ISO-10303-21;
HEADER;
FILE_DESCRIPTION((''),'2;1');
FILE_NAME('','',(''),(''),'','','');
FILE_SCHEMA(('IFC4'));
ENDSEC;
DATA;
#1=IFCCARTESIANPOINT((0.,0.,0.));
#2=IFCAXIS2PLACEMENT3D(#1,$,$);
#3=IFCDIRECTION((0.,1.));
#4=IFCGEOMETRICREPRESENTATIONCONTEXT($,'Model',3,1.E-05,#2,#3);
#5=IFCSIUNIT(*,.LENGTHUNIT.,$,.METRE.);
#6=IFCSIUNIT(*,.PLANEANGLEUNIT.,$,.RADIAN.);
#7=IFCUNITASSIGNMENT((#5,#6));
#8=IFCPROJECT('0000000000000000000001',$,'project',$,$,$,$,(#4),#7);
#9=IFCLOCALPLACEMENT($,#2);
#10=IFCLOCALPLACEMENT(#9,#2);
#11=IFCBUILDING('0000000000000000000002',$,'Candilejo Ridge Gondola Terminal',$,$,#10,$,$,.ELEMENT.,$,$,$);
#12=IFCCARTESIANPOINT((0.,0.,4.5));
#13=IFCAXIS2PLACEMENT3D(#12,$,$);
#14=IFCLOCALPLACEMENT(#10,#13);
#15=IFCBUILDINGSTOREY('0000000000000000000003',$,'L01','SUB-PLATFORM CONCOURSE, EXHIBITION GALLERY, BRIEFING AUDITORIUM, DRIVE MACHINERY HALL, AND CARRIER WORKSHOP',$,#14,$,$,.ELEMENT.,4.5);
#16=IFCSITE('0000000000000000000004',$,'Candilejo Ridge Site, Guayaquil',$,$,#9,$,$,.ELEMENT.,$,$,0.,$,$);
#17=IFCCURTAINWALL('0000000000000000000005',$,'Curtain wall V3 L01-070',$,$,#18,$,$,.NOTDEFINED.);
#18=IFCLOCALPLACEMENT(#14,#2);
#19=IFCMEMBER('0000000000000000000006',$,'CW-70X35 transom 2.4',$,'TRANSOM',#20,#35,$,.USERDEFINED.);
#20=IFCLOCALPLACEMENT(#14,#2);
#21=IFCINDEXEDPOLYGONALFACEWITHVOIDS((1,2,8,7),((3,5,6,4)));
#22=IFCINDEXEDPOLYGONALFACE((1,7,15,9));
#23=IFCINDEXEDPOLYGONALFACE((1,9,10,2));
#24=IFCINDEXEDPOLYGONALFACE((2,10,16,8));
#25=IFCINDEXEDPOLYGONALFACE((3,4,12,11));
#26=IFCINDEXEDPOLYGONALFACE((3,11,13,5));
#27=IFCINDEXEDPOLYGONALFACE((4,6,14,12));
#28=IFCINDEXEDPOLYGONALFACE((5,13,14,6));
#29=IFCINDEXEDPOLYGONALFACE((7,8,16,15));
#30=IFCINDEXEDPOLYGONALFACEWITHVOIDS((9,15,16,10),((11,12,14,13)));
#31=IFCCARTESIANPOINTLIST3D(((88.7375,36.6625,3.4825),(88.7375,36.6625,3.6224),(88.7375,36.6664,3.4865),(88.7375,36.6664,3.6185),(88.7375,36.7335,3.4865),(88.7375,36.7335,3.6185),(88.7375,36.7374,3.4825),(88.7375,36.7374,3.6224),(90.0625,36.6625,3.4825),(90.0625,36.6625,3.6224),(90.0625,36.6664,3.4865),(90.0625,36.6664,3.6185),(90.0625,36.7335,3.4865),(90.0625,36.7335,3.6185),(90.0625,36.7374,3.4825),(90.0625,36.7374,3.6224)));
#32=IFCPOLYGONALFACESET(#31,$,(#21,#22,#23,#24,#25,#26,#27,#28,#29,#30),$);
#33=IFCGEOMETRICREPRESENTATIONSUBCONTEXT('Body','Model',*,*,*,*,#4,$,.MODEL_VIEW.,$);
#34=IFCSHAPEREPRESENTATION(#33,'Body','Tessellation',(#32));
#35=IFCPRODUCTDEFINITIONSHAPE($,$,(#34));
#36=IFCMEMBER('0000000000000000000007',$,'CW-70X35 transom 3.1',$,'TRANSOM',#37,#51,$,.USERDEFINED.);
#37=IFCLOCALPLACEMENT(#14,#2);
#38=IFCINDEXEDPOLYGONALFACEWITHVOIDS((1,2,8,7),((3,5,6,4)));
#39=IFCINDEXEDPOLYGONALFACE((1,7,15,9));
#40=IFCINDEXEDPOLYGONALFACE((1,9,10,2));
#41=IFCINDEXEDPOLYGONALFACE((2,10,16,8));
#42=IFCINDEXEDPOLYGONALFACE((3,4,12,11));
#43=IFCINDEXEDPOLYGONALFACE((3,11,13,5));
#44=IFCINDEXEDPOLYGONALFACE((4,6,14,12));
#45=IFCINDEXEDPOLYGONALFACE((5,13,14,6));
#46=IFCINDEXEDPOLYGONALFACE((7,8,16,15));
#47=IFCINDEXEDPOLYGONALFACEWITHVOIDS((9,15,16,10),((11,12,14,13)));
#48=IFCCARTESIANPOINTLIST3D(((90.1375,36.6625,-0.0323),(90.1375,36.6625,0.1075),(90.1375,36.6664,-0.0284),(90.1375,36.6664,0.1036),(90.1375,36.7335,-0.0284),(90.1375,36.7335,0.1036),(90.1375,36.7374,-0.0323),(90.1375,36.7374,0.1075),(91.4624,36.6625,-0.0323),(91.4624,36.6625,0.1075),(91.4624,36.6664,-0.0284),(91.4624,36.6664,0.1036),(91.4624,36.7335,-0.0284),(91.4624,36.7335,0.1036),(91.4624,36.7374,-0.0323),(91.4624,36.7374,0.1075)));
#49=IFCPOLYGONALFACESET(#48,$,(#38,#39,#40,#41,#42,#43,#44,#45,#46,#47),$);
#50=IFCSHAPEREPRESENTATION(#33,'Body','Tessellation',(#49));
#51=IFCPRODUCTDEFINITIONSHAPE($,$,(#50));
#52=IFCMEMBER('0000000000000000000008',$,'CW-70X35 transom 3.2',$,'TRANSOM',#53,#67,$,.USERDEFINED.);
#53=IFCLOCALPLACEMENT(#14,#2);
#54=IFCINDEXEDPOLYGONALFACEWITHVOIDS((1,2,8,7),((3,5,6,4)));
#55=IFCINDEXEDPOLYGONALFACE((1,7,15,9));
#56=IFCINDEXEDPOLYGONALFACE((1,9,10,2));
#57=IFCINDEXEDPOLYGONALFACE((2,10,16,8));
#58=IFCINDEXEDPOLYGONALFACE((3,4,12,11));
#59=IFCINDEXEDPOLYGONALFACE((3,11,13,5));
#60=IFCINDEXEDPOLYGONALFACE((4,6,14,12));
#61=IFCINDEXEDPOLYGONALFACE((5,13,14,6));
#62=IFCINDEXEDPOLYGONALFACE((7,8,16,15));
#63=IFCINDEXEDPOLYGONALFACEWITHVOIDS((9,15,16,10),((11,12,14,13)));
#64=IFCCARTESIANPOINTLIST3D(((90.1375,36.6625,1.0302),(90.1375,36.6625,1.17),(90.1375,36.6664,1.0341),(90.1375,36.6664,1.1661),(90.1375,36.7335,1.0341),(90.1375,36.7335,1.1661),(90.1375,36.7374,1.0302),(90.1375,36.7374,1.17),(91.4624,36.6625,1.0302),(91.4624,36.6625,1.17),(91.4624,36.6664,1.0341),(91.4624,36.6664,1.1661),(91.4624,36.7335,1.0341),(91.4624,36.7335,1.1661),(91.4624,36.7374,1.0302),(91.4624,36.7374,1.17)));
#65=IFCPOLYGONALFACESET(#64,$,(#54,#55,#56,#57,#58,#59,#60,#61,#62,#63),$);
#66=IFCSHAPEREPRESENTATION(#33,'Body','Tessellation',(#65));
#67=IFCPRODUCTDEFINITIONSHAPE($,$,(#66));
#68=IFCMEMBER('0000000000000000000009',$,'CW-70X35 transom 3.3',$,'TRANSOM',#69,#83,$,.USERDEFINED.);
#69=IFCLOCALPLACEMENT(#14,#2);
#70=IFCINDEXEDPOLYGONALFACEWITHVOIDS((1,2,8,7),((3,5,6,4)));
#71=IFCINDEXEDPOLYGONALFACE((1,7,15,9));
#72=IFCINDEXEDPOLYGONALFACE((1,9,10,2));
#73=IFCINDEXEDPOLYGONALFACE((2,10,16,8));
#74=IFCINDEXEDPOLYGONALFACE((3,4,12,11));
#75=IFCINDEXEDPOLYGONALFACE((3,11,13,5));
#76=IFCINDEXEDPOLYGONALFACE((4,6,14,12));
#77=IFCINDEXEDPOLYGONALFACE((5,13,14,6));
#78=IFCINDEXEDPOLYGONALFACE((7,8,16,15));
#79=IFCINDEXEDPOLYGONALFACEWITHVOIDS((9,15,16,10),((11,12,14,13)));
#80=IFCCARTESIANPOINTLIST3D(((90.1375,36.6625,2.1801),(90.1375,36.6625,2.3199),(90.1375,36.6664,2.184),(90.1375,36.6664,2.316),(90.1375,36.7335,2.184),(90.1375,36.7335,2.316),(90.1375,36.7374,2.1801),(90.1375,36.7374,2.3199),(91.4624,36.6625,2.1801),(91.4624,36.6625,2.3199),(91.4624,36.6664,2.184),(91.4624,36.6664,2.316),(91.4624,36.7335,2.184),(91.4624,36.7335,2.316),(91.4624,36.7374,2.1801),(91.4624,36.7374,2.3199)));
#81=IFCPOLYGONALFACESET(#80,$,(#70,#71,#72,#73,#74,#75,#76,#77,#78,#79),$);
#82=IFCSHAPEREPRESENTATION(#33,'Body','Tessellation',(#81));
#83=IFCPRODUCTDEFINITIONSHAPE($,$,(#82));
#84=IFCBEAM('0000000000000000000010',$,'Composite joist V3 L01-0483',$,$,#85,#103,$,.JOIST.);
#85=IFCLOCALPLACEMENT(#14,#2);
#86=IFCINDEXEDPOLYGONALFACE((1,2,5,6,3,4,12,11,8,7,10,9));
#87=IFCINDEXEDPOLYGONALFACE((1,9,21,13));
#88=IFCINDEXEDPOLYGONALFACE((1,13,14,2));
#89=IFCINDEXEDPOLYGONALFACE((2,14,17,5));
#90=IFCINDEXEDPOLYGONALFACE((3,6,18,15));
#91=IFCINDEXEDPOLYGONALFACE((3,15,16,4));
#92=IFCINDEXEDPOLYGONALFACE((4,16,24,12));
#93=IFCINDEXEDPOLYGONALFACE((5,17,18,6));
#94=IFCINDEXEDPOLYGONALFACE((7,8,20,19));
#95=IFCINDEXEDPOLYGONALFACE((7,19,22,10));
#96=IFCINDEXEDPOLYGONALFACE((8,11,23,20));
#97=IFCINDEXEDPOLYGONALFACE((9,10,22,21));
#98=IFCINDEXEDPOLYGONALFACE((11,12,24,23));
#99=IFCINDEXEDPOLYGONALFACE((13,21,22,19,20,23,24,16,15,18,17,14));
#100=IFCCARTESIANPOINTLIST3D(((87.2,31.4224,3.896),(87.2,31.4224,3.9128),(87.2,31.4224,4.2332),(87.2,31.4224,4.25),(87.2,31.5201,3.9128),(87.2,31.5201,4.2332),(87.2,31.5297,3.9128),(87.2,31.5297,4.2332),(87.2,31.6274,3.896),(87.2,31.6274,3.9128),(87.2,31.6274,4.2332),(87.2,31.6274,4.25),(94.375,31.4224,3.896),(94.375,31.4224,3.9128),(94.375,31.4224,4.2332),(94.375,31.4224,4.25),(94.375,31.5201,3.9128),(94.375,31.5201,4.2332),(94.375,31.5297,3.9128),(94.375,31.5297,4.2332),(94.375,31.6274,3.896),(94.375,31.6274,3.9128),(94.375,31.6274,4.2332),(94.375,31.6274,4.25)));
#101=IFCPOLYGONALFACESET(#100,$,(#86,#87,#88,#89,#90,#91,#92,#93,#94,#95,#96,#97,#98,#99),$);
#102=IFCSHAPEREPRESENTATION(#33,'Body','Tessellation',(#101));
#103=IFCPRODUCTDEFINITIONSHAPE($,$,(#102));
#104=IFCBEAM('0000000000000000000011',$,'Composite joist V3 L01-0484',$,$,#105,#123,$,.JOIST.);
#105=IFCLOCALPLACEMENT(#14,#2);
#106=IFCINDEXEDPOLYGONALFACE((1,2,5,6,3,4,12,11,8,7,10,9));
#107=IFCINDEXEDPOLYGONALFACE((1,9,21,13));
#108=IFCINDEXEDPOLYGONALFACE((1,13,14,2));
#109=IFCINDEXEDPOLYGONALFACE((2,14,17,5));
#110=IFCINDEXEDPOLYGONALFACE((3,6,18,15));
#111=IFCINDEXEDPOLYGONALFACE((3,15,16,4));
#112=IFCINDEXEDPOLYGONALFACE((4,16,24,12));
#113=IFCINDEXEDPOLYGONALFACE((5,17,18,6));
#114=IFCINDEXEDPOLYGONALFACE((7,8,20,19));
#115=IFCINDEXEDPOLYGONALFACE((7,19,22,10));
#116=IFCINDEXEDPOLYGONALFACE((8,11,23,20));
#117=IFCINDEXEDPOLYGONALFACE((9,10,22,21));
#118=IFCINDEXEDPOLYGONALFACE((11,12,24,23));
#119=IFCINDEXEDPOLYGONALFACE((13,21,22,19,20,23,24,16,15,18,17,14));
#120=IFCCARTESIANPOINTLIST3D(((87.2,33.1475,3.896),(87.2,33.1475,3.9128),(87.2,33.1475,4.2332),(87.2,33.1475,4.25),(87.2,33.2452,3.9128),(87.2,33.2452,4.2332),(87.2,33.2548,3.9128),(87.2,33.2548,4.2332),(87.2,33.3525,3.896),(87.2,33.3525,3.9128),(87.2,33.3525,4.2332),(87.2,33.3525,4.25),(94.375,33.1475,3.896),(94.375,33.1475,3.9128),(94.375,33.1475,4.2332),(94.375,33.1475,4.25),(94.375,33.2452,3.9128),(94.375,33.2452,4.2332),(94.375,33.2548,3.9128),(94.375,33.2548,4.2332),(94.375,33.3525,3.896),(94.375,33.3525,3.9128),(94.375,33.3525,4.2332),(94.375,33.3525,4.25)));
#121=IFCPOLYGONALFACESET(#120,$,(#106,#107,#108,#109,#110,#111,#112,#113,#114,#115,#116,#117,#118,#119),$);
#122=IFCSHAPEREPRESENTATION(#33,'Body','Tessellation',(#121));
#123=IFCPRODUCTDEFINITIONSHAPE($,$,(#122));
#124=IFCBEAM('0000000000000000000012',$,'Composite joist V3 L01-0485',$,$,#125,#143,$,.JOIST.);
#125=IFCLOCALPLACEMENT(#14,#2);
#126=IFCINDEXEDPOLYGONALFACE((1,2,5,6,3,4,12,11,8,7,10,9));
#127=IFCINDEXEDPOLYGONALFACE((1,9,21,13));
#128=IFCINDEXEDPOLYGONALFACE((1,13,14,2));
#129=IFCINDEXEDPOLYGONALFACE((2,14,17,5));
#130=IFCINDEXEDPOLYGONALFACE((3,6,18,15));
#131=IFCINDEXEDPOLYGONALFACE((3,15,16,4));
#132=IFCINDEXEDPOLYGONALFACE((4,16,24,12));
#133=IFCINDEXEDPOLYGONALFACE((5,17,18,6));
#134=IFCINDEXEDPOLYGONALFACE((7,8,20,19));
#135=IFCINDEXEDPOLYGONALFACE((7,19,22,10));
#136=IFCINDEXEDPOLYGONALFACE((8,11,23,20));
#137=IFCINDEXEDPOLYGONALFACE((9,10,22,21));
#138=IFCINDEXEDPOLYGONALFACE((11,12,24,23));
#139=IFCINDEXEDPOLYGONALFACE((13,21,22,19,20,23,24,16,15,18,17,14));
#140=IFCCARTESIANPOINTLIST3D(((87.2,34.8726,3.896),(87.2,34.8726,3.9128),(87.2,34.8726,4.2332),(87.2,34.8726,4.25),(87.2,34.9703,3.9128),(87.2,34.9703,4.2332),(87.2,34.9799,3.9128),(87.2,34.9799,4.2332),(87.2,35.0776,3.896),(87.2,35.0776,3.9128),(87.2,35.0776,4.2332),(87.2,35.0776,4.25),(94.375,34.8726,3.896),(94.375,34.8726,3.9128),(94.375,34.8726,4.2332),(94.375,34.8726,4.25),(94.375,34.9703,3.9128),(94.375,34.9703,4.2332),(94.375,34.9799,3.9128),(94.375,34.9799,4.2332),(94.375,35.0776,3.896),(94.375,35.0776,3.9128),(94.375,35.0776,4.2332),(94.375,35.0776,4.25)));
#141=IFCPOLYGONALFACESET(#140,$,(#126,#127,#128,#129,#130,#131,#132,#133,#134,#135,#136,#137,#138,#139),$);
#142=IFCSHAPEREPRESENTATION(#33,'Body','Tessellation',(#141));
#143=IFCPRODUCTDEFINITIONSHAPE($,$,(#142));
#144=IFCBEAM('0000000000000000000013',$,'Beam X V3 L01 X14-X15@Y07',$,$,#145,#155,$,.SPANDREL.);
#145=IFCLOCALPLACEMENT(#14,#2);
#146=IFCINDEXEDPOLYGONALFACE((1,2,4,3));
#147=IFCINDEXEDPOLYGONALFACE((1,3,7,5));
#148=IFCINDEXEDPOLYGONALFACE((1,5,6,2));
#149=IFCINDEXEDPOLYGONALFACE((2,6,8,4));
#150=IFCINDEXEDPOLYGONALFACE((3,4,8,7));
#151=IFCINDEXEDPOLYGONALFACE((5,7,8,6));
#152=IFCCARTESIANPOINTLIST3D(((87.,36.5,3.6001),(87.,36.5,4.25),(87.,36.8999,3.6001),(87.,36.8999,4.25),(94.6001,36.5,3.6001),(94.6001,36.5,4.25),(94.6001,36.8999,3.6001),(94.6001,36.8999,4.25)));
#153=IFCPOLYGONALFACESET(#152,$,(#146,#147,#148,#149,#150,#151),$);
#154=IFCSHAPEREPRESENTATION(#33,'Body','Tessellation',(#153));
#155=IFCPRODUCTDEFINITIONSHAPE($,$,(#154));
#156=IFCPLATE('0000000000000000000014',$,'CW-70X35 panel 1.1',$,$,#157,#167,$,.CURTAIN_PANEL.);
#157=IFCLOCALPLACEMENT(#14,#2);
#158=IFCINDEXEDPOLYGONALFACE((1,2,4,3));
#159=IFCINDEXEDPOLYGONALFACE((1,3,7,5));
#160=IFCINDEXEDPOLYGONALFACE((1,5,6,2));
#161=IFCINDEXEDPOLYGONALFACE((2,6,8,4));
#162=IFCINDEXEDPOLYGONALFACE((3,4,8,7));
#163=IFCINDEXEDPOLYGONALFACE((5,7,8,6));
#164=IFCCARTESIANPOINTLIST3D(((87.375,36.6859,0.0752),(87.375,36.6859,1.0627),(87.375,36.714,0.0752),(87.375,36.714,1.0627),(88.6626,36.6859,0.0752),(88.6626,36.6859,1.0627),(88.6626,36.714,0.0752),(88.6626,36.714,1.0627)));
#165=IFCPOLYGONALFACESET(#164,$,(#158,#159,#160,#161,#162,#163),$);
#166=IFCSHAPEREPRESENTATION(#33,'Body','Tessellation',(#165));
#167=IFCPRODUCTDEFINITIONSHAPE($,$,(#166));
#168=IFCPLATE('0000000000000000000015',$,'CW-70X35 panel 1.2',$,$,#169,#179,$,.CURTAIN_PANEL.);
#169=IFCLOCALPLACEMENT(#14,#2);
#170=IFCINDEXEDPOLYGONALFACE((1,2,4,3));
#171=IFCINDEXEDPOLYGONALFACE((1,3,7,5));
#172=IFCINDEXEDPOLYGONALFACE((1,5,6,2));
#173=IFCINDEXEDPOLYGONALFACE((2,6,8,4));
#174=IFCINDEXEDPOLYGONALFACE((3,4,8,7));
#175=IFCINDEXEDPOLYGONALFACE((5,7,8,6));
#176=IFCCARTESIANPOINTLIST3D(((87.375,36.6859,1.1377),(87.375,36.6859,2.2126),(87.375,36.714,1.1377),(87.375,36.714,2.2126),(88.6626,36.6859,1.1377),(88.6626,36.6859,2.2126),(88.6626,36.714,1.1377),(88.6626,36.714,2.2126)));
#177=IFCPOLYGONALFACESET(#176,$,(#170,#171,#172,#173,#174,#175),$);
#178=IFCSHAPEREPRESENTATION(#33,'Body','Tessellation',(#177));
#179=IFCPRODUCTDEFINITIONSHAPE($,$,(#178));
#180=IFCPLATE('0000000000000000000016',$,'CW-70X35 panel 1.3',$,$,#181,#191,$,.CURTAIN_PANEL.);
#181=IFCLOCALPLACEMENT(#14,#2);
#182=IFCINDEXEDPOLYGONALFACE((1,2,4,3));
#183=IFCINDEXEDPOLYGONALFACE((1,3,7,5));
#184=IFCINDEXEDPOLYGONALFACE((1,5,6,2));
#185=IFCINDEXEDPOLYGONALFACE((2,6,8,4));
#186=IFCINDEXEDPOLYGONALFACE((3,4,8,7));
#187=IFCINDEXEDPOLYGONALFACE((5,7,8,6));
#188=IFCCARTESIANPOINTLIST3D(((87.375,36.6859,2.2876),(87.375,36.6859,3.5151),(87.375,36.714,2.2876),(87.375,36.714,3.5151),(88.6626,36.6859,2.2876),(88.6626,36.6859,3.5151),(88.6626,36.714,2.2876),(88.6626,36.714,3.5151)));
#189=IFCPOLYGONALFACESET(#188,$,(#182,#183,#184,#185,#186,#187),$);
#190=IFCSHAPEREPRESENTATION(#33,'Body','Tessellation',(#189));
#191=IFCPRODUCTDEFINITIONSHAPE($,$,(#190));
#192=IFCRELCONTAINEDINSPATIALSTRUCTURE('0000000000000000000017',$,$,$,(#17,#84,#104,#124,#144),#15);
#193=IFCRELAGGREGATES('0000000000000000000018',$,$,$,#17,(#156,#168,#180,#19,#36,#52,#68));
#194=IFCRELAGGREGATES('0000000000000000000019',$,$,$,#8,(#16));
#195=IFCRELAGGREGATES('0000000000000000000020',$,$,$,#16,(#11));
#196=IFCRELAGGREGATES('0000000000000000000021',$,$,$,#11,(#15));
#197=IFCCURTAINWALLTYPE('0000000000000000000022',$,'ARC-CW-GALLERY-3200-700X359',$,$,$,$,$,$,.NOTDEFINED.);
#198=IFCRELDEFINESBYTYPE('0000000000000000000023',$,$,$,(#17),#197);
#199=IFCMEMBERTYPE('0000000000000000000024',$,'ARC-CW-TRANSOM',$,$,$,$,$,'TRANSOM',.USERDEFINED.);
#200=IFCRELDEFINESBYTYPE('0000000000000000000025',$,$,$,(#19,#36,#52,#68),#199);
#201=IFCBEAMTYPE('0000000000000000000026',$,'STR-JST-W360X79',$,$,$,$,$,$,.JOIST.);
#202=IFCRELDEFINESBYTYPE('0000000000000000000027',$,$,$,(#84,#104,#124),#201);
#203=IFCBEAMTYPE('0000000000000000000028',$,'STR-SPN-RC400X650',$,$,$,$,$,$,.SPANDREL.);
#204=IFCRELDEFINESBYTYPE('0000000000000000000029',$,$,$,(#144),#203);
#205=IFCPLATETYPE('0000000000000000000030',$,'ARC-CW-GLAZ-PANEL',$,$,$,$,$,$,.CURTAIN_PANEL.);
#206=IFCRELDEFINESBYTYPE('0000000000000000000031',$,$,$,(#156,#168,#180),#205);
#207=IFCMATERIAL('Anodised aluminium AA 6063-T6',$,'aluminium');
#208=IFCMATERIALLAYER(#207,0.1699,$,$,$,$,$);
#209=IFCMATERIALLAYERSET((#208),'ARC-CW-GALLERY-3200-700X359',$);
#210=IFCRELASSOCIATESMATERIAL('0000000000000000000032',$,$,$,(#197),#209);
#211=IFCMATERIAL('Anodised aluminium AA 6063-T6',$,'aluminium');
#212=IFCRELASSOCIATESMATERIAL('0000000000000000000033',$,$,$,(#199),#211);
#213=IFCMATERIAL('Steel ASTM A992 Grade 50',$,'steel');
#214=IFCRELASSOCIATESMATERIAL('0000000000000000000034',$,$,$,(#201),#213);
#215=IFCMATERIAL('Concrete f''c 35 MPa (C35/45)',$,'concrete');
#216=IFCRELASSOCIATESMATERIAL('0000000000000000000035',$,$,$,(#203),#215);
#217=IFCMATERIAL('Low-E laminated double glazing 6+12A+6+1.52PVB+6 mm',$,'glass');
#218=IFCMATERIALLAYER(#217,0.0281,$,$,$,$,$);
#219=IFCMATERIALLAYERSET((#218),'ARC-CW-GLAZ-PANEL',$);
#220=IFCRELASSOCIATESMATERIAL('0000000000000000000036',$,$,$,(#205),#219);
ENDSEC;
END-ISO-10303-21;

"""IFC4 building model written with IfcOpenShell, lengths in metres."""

from ifc_helpers import new_model, si_unit, direction, frame, origin, origin_2d, place, context, subcontext, project, spatial, rectangle, hollow_rectangle, i_section, extrude, material, layer, layer_set, material_profile, profile_set, type_object, element, aggregate, save


model = new_model("IFC4")

# Units and contexts
model_context = context("Model", 3, precision=1e-05, world=origin(), true_north=direction((0.0, 1.0)))
body_context = subcontext(model_context, "Body", "Model", "MODEL_VIEW")
ifc_project = project(units=[si_unit("LENGTHUNIT", "METRE"), si_unit("PLANEANGLEUNIT", "RADIAN")], contexts=[model_context])

# Site, building, storey
site_placement = place(None, origin())
site = spatial("IfcSite", under=ifc_project, at=site_placement, Name="Candilejo Ridge Site, Guayaquil", CompositionType="ELEMENT", RefElevation=0.0)
building_placement = place(site_placement, origin())
building = spatial("IfcBuilding", under=site, at=building_placement, Name="Candilejo Ridge Gondola Terminal", CompositionType="ELEMENT")
storey_placement = place(building_placement, frame((0.0, 0.0, 4.5)))
storey = spatial("IfcBuildingStorey", under=building, at=storey_placement, Name="L01", Description="SUB-PLATFORM CONCOURSE, EXHIBITION GALLERY, BRIEFING AUDITORIUM, DRIVE MACHINERY HALL, AND CARRIER WORKSHOP", CompositionType="ELEMENT", Elevation=4.5)

# Curtain wall, members
ifc_material_1 = material(Name="Anodised aluminium AA 6063-T6", Category="aluminium")
ifc_layer_1 = layer(ifc_material_1, 0.1699)
ifc_layer_set_1 = layer_set([ifc_layer_1], Name="ARC-CW-GALLERY-3200-700X359")
curtain_wall_type = type_object("IfcCurtainWallType", Name="ARC-CW-GALLERY-3200-700X359", PredefinedType="NOTDEFINED", material=ifc_layer_set_1)
curtain_wall_placement = place(storey_placement, origin())
curtain_wall = element("IfcCurtainWall", 1, at=curtain_wall_placement, inside=storey, type_object=curtain_wall_type, Name="Curtain wall V3 L01-070", PredefinedType="NOTDEFINED")
ifc_material_2 = material(Name="Anodised aluminium AA 6063-T6", Category="aluminium")
ifc_material_profile_1 = material_profile(ifc_material_2, hollow_rectangle(XDim=0.075, YDim=0.1399, WallThickness=0.0039, at=origin_2d()))
ifc_profile_set_1 = profile_set([ifc_material_profile_1], Name="Anodised aluminium AA 6063-T6")
member_type_1 = type_object("IfcMemberType", Name="ARC-CW-TRANSOM", ElementType="TRANSOM", PredefinedType="USERDEFINED", material=ifc_profile_set_1)
member_1_placement = place(storey_placement, frame((88.7375, 36.7, 3.5525), z_axis=(1.0, 0.0, 0.0), x_axis=(0.0, 1.0, 0.0)))
member_1 = element("IfcMember", 2, at=member_1_placement, type_object=member_type_1, Name="CW-70X35 transom 2.4", ObjectType="TRANSOM", PredefinedType="USERDEFINED", context=body_context, shape_type="SweptSolid", body=[
    extrude(hollow_rectangle(XDim=0.075, YDim=0.1399, WallThickness=0.0039, at=origin_2d()), origin(), (0.0, 0.0, 1.0), 1.325),
])
member_2_placement = place(storey_placement, frame((90.1375, 36.7, 0.0376), z_axis=(1.0, 0.0, 0.0), x_axis=(0.0, 1.0, 0.0)))
member_2 = element("IfcMember", 3, at=member_2_placement, type_object=member_type_1, Name="CW-70X35 transom 3.1", ObjectType="TRANSOM", PredefinedType="USERDEFINED", context=body_context, shape_type="SweptSolid", body=[
    extrude(hollow_rectangle(XDim=0.075, YDim=0.1399, WallThickness=0.0039, at=origin_2d()), origin(), (0.0, 0.0, 1.0), 1.325),
])
member_3_placement = place(storey_placement, frame((90.1375, 36.7, 1.1001), z_axis=(1.0, 0.0, 0.0), x_axis=(0.0, 1.0, 0.0)))
member_3 = element("IfcMember", 4, at=member_3_placement, type_object=member_type_1, Name="CW-70X35 transom 3.2", ObjectType="TRANSOM", PredefinedType="USERDEFINED", context=body_context, shape_type="SweptSolid", body=[
    extrude(hollow_rectangle(XDim=0.075, YDim=0.1399, WallThickness=0.0039, at=origin_2d()), origin(), (0.0, 0.0, 1.0), 1.325),
])
member_4_placement = place(storey_placement, frame((90.1375, 36.7, 2.25), z_axis=(1.0, 0.0, 0.0), x_axis=(0.0, 1.0, 0.0)))
member_4 = element("IfcMember", 5, at=member_4_placement, type_object=member_type_1, Name="CW-70X35 transom 3.3", ObjectType="TRANSOM", PredefinedType="USERDEFINED", context=body_context, shape_type="SweptSolid", body=[
    extrude(hollow_rectangle(XDim=0.075, YDim=0.1399, WallThickness=0.0039, at=origin_2d()), origin(), (0.0, 0.0, 1.0), 1.325),
])

# Beams
ifc_material_3 = material(Name="Steel ASTM A992 Grade 50", Category="steel")
ifc_material_profile_2 = material_profile(ifc_material_3, i_section(OverallWidth=0.2051, OverallDepth=0.354, WebThickness=0.0095, FlangeThickness=0.0168, at=origin_2d()))
ifc_profile_set_2 = profile_set([ifc_material_profile_2], Name="Steel ASTM A992 Grade 50")
beam_type_1 = type_object("IfcBeamType", Name="STR-JST-W360X79", PredefinedType="JOIST", material=ifc_profile_set_2)
for number, where, z_axis, x_axis, name in (
    (6, (87.2, 31.5249, 4.073), (1.0, 0.0, 0.0), (0.0, 1.0, 0.0), "Composite joist V3 L01-0483"),
    (7, (87.2, 33.25, 4.073), (1.0, 0.0, 0.0), (0.0, 1.0, 0.0), "Composite joist V3 L01-0484"),
    (8, (87.2, 34.9751, 4.073), (1.0, 0.0, 0.0), (0.0, 1.0, 0.0), "Composite joist V3 L01-0485"),
):
    element("IfcBeam", number, at=place(storey_placement, frame(where, z_axis=z_axis, x_axis=x_axis)), inside=storey, type_object=beam_type_1, Name=name, PredefinedType="JOIST", context=body_context, shape_type="SweptSolid", body=[
        extrude(i_section(OverallWidth=0.2051, OverallDepth=0.354, WebThickness=0.0095, FlangeThickness=0.0168, at=origin_2d()), origin(), (0.0, 0.0, 1.0), 7.175),
    ])
ifc_material_4 = material(Name="Concrete f'c 35 MPa (C35/45)", Category="concrete")
ifc_material_profile_3 = material_profile(ifc_material_4, rectangle(XDim=0.3999, YDim=0.6499, at=origin_2d()))
ifc_profile_set_3 = profile_set([ifc_material_profile_3], Name="Concrete f'c 35 MPa (C35/45)")
beam_type_2 = type_object("IfcBeamType", Name="STR-SPN-RC400X650", PredefinedType="SPANDREL", material=ifc_profile_set_3)
beam_placement = place(storey_placement, frame((87.0, 36.7, 3.925), z_axis=(1.0, 0.0, 0.0), x_axis=(0.0, 1.0, 0.0)))
element("IfcBeam", 9, at=beam_placement, inside=storey, type_object=beam_type_2, Name="Beam X V3 L01 X14-X15@Y07", PredefinedType="SPANDREL", context=body_context, shape_type="SweptSolid", body=[
    extrude(rectangle(XDim=0.3999, YDim=0.6499, at=origin_2d()), origin(), (0.0, 0.0, 1.0), 7.6001),
])

# Plates
ifc_material_5 = material(Name="Low-E laminated double glazing 6+12A+6+1.52PVB+6 mm", Category="glass")
ifc_layer_2 = layer(ifc_material_5, 0.0281)
ifc_layer_set_2 = layer_set([ifc_layer_2], Name="ARC-CW-GLAZ-PANEL")
plate_type = type_object("IfcPlateType", Name="ARC-CW-GLAZ-PANEL", PredefinedType="CURTAIN_PANEL", material=ifc_layer_set_2)
plate_1_placement = place(storey_placement, frame((88.0188, 36.7, 0.0752), z_axis=(0.0, 0.0, 1.0), x_axis=(1.0, 0.0, 0.0)))
plate_1 = element("IfcPlate", 10, at=plate_1_placement, type_object=plate_type, Name="CW-70X35 panel 1.1", PredefinedType="CURTAIN_PANEL", context=body_context, shape_type="SweptSolid", body=[
    extrude(rectangle(XDim=1.2876, YDim=0.0281, at=origin_2d()), origin(), (0.0, 0.0, 1.0), 0.9875),
])
plate_2_placement = place(storey_placement, frame((88.0188, 36.7, 1.1377), z_axis=(0.0, 0.0, 1.0), x_axis=(1.0, 0.0, 0.0)))
plate_2 = element("IfcPlate", 11, at=plate_2_placement, type_object=plate_type, Name="CW-70X35 panel 1.2", PredefinedType="CURTAIN_PANEL", context=body_context, shape_type="SweptSolid", body=[
    extrude(rectangle(XDim=1.2876, YDim=0.0281, at=origin_2d()), origin(), (0.0, 0.0, 1.0), 1.075),
])
plate_3_placement = place(storey_placement, frame((88.0188, 36.7, 2.2876), z_axis=(0.0, 0.0, 1.0), x_axis=(1.0, 0.0, 0.0)))
plate_3 = element("IfcPlate", 12, at=plate_3_placement, type_object=plate_type, Name="CW-70X35 panel 1.3", PredefinedType="CURTAIN_PANEL", context=body_context, shape_type="SweptSolid", body=[
    extrude(rectangle(XDim=1.2876, YDim=0.0281, at=origin_2d()), origin(), (0.0, 0.0, 1.0), 1.2275),
])
aggregate(curtain_wall, [plate_1, plate_2, plate_3, member_1, member_2, member_3, member_4])

save(model, "model.ifc")
